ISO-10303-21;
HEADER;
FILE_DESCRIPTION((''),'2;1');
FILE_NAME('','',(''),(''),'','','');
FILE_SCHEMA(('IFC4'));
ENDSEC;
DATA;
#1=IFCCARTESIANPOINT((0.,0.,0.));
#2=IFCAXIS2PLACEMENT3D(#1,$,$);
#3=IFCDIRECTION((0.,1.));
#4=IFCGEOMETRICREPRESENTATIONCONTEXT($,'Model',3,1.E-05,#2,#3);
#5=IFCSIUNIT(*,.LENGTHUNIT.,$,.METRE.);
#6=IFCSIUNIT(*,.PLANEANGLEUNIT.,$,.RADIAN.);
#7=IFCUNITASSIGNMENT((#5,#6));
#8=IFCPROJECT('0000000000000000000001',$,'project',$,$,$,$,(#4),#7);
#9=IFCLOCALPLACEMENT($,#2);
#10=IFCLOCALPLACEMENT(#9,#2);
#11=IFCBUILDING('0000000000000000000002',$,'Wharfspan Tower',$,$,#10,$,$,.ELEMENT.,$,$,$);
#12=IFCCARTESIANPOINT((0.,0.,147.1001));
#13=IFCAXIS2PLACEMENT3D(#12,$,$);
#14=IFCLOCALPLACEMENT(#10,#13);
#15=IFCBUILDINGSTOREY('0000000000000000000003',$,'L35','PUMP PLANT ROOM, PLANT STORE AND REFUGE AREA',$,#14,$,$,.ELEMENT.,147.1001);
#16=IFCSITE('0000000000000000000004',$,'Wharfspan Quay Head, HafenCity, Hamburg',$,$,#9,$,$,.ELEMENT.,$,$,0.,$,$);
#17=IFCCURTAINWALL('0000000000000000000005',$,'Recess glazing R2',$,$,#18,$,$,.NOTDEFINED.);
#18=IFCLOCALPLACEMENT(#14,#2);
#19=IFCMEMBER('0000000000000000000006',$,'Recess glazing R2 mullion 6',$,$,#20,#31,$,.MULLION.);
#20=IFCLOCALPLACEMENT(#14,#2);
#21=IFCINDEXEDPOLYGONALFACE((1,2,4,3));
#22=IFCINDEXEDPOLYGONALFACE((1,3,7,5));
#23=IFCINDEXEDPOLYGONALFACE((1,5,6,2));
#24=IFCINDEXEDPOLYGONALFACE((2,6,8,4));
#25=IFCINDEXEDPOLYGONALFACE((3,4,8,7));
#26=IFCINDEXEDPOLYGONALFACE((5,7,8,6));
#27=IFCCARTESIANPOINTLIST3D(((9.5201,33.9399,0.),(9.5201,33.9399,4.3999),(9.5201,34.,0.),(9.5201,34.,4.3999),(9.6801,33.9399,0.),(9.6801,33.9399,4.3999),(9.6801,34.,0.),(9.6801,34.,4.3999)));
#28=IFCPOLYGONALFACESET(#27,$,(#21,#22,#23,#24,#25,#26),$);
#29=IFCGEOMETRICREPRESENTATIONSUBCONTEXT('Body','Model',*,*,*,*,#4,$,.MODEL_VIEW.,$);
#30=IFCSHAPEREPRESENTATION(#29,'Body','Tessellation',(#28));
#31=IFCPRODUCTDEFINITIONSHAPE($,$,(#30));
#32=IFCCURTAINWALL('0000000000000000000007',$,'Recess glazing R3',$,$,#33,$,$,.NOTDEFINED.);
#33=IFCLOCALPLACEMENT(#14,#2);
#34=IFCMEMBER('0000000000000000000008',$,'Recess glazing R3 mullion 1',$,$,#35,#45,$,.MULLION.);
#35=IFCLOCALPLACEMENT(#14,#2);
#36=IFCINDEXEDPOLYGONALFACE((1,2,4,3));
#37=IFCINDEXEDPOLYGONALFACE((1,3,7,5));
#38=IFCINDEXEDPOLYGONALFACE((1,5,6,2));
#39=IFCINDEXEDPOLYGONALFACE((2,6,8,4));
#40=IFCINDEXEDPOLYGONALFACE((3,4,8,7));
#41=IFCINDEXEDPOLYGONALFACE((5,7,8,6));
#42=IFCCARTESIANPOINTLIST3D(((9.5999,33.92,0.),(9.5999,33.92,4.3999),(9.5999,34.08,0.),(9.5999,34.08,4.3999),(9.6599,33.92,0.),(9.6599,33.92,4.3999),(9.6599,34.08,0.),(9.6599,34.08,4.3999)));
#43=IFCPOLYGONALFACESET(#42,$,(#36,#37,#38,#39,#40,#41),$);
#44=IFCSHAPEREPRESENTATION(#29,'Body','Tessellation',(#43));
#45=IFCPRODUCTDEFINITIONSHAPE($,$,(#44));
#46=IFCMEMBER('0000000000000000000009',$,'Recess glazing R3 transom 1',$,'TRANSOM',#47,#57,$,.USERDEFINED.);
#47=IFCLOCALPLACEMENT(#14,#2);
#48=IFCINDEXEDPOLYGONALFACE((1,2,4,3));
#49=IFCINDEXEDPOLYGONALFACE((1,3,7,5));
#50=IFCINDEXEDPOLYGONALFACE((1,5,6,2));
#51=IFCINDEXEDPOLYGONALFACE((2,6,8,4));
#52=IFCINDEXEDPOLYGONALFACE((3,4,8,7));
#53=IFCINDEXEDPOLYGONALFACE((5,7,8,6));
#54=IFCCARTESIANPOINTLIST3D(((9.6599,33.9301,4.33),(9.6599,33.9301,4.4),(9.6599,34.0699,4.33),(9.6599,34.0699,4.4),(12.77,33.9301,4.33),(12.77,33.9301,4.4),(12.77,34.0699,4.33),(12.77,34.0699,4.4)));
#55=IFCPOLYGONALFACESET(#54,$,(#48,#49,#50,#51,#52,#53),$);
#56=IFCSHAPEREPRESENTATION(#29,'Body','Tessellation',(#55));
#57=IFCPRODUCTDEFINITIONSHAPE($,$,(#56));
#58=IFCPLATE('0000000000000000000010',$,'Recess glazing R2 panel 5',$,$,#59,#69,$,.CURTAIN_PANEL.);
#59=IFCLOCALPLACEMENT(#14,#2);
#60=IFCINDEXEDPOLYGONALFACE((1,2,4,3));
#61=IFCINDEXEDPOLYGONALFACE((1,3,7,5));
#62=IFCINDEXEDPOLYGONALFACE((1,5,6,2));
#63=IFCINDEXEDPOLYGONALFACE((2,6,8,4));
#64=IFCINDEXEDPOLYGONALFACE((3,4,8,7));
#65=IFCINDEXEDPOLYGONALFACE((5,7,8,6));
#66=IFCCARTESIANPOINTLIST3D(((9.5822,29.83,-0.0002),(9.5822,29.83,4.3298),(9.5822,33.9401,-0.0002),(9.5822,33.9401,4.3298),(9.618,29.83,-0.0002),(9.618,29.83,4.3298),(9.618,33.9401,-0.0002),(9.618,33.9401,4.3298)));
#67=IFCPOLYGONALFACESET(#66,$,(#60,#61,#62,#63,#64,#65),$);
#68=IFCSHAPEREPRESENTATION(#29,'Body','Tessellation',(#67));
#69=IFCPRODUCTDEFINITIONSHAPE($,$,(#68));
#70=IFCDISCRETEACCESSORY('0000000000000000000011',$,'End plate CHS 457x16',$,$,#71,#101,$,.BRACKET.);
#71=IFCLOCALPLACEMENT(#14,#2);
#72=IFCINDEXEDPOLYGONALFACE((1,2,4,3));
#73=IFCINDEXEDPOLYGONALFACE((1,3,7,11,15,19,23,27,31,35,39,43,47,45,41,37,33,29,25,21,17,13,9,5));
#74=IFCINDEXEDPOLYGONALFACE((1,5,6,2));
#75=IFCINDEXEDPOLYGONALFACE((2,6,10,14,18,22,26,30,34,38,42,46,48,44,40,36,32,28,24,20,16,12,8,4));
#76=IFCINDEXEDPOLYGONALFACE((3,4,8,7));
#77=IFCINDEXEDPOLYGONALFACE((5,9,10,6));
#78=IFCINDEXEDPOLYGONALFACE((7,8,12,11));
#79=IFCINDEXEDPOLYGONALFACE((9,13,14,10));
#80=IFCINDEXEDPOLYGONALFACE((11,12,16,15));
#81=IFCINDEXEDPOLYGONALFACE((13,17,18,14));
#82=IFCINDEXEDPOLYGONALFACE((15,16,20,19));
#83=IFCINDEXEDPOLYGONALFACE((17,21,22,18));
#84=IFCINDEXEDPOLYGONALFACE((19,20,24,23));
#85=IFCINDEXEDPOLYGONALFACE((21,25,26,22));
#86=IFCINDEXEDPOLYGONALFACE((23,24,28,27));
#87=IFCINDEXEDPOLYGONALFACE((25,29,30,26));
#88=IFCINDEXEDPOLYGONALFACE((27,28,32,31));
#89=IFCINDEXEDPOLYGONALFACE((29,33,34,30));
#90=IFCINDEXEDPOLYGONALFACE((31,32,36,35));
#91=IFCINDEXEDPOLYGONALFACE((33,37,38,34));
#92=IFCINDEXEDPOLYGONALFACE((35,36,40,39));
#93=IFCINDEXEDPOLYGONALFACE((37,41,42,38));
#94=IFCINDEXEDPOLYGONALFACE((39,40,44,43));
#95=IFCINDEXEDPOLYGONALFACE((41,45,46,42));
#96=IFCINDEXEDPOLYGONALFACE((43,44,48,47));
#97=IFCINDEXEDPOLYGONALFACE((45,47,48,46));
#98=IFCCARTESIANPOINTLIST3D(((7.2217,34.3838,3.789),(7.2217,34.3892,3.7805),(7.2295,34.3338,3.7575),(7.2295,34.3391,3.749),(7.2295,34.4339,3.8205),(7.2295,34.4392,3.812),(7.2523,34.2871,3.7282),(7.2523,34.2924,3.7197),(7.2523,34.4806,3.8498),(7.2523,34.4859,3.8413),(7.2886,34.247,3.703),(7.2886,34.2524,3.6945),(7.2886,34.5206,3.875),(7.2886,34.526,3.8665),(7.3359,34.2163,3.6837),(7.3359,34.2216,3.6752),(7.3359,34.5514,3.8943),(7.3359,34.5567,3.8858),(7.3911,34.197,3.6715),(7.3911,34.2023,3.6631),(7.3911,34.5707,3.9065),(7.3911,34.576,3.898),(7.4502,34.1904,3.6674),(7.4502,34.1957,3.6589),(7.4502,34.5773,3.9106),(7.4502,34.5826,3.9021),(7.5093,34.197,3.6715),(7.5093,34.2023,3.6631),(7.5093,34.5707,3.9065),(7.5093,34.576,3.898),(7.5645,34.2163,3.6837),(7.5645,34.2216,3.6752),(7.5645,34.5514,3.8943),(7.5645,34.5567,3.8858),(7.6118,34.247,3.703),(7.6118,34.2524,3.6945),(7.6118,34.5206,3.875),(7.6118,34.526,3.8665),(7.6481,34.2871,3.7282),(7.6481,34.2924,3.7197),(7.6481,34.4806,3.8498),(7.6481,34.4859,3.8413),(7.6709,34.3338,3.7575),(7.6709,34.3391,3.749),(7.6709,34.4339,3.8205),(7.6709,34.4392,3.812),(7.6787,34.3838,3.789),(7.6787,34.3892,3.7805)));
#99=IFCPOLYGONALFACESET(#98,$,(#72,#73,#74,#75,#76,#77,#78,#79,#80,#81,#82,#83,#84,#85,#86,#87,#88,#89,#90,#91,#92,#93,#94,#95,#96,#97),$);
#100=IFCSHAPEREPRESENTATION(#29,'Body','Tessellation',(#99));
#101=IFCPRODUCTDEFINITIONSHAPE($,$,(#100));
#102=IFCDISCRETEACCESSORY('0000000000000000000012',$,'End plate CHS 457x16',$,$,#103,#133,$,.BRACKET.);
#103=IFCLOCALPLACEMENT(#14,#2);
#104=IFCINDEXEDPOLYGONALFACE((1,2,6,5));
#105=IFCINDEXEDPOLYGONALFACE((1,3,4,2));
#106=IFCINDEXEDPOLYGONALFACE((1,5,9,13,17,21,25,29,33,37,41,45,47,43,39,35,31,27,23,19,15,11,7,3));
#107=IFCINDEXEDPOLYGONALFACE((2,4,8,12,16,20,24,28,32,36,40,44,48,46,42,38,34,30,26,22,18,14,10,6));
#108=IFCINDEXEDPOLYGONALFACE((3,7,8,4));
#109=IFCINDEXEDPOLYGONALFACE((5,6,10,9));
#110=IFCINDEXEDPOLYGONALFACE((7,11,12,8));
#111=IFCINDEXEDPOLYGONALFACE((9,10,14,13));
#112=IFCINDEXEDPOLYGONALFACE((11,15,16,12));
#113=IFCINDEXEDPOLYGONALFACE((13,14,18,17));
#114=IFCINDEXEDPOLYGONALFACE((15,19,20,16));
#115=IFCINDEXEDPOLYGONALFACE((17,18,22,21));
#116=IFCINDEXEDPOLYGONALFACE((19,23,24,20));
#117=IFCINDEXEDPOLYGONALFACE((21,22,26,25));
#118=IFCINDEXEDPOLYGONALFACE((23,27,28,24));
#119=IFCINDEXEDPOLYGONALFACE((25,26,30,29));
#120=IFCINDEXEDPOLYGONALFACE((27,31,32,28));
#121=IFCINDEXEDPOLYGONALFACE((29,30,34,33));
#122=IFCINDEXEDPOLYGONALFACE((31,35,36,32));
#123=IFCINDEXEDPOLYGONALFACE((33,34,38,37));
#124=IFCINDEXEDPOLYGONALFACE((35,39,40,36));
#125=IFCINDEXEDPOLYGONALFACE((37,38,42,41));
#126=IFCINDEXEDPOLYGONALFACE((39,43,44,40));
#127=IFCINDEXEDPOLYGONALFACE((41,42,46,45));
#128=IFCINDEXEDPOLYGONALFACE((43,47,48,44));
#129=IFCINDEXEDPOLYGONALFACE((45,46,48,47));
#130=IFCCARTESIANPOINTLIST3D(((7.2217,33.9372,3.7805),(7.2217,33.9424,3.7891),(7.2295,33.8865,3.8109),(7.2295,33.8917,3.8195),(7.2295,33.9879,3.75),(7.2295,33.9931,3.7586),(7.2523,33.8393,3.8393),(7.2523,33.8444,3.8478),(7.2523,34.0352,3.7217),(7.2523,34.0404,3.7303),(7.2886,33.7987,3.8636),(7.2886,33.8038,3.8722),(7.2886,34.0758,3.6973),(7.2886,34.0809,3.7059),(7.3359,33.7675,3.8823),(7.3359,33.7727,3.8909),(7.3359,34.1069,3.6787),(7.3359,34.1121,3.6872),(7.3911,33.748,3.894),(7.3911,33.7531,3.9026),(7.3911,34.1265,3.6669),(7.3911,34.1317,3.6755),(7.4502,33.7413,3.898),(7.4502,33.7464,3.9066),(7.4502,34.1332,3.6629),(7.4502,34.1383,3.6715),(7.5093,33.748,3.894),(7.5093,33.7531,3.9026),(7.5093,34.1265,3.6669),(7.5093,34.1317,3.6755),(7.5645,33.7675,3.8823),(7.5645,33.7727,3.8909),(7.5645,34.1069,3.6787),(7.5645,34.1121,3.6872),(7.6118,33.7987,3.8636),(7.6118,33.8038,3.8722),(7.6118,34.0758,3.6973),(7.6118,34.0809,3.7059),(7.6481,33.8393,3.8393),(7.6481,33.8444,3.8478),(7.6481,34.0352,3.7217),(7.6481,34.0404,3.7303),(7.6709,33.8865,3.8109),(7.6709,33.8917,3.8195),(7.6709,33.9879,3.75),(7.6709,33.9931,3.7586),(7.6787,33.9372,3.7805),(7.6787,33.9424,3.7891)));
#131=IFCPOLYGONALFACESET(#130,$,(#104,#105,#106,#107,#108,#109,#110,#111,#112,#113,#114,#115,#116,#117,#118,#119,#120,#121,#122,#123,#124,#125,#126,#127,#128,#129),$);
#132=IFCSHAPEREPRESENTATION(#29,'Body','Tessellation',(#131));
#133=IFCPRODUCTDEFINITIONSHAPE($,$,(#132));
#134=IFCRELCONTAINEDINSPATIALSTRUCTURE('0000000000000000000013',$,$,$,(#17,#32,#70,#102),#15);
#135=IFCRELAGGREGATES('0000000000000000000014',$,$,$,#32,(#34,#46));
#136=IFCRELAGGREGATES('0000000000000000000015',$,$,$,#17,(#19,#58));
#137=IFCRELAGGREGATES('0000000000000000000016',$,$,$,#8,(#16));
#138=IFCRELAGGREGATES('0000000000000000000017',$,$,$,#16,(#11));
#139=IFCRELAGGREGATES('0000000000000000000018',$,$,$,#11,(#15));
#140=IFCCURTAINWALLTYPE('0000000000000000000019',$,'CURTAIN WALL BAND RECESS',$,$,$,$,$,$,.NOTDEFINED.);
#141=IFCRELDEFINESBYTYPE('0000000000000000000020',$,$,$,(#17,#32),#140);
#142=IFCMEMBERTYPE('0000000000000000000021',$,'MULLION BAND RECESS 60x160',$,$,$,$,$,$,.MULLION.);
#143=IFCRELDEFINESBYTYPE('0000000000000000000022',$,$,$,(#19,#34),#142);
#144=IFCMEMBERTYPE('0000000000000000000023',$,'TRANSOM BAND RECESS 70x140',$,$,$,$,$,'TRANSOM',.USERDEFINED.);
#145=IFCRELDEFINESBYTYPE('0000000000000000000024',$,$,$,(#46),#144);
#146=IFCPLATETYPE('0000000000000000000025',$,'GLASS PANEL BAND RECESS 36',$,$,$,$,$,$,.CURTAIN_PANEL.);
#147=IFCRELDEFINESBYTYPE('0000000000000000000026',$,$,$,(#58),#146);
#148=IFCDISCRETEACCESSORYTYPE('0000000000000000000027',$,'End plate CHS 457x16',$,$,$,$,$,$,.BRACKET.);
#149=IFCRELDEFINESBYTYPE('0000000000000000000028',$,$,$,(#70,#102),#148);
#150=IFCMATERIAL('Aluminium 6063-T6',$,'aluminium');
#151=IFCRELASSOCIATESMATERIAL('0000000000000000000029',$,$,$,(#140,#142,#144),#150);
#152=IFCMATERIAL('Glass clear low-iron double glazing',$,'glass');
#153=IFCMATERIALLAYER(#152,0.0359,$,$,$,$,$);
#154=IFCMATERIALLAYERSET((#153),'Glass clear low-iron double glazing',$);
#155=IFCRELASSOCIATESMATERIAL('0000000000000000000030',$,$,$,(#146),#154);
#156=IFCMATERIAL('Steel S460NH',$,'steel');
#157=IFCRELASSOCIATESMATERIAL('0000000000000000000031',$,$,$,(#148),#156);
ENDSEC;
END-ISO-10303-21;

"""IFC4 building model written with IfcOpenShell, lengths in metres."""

from ifc_helpers import new_model, si_unit, direction, frame, origin, origin_2d, place, context, subcontext, project, spatial, rectangle, circle, extrude, material, layer, layer_set, material_profile, profile_set, type_object, element, aggregate, save


model = new_model("IFC4")

# Units and contexts
model_context = context("Model", 3, precision=1e-05, world=origin(), true_north=direction((0.0, 1.0)))
body_context = subcontext(model_context, "Body", "Model", "MODEL_VIEW")
ifc_project = project(units=[si_unit("LENGTHUNIT", "METRE"), si_unit("PLANEANGLEUNIT", "RADIAN")], contexts=[model_context])

# Site, building, storey
site_placement = place(None, origin())
site = spatial("IfcSite", under=ifc_project, at=site_placement, Name="Wharfspan Quay Head, HafenCity, Hamburg", CompositionType="ELEMENT", RefElevation=0.0)
building_placement = place(site_placement, origin())
building = spatial("IfcBuilding", under=site, at=building_placement, Name="Wharfspan Tower", CompositionType="ELEMENT")
storey_placement = place(building_placement, frame((0.0, 0.0, 147.1001)))
storey = spatial("IfcBuildingStorey", under=building, at=storey_placement, Name="L35", Description="PUMP PLANT ROOM, PLANT STORE AND REFUGE AREA", CompositionType="ELEMENT", Elevation=147.1001)

# Curtain wall, member
ifc_material_1 = material(Name="Aluminium 6063-T6", Category="aluminium")
curtain_wall_type = type_object("IfcCurtainWallType", Name="CURTAIN WALL BAND RECESS", PredefinedType="NOTDEFINED", material=ifc_material_1)
curtain_wall_1_placement = place(storey_placement, origin())
curtain_wall_1 = element("IfcCurtainWall", 1, at=curtain_wall_1_placement, inside=storey, type_object=curtain_wall_type, Name="Recess glazing R2", PredefinedType="NOTDEFINED")
ifc_material_profile_1 = material_profile(ifc_material_1, rectangle(XDim=0.1599, YDim=0.0601, at=origin_2d()))
ifc_profile_set_1 = profile_set([ifc_material_profile_1], Name="Aluminium 6063-T6")
member_type_1 = type_object("IfcMemberType", Name="MULLION BAND RECESS 60x160", PredefinedType="MULLION", material=ifc_profile_set_1)
member_1_placement = place(storey_placement, frame((9.6001, 33.97, 0.0), z_axis=(0.0, 0.0, 1.0), x_axis=(-1.0, 0.0, 0.0)))
member_1 = element("IfcMember", 2, at=member_1_placement, type_object=member_type_1, Name="Recess glazing R2 mullion 6", PredefinedType="MULLION", context=body_context, shape_type="SweptSolid", body=[
    extrude(rectangle(XDim=0.1599, YDim=0.0601, at=origin_2d()), origin(), (0.0, 0.0, 1.0), 4.3999),
])

# Curtain wall, members
curtain_wall_2_placement = place(storey_placement, origin())
curtain_wall_2 = element("IfcCurtainWall", 3, at=curtain_wall_2_placement, inside=storey, type_object=curtain_wall_type, Name="Recess glazing R3", PredefinedType="NOTDEFINED")
member_2_placement = place(storey_placement, frame((9.6299, 34.0, 0.0), z_axis=(0.0, 0.0, 1.0), x_axis=(0.0, 1.0, 0.0)))
member_2 = element("IfcMember", 4, at=member_2_placement, type_object=member_type_1, Name="Recess glazing R3 mullion 1", PredefinedType="MULLION", context=body_context, shape_type="SweptSolid", body=[
    extrude(rectangle(XDim=0.1599, YDim=0.0601, at=origin_2d()), origin(), (0.0, 0.0, 1.0), 4.3999),
])
ifc_material_profile_2 = material_profile(ifc_material_1, rectangle(XDim=0.1399, YDim=0.0701, at=origin_2d()))
ifc_profile_set_2 = profile_set([ifc_material_profile_2], Name="Aluminium 6063-T6")
member_type_2 = type_object("IfcMemberType", Name="TRANSOM BAND RECESS 70x140", ElementType="TRANSOM", PredefinedType="USERDEFINED", material=ifc_profile_set_2)
member_3_placement = place(storey_placement, frame((9.6599, 34.0, 4.365), z_axis=(1.0, 0.0, 0.0), x_axis=(0.0, 1.0, 0.0)))
member_3 = element("IfcMember", 5, at=member_3_placement, type_object=member_type_2, Name="Recess glazing R3 transom 1", ObjectType="TRANSOM", PredefinedType="USERDEFINED", context=body_context, shape_type="SweptSolid", body=[
    extrude(rectangle(XDim=0.1399, YDim=0.0701, at=origin_2d()), origin(), (0.0, 0.0, 1.0), 3.1101),
])
aggregate(curtain_wall_2, [member_2, member_3])

# Plate
ifc_material_2 = material(Name="Glass clear low-iron double glazing", Category="glass")
ifc_layer = layer(ifc_material_2, 0.0359)
ifc_layer_set = layer_set([ifc_layer], Name="Glass clear low-iron double glazing")
plate_type = type_object("IfcPlateType", Name="GLASS PANEL BAND RECESS 36", PredefinedType="CURTAIN_PANEL", material=ifc_layer_set)
plate_placement = place(storey_placement, frame((9.6001, 31.885, -0.0002), z_axis=(0.0, 0.0, 1.0), x_axis=(0.0, 1.0, 0.0)))
plate = element("IfcPlate", 6, at=plate_placement, type_object=plate_type, Name="Recess glazing R2 panel 5", PredefinedType="CURTAIN_PANEL", context=body_context, shape_type="SweptSolid", body=[
    extrude(rectangle(XDim=4.1101, YDim=0.0359, at=origin_2d()), origin(), (0.0, 0.0, 1.0), 4.3301),
])
aggregate(curtain_wall_1, [member_1, plate])

# Discrete accessories
ifc_material_3 = material(Name="Steel S460NH", Category="steel")
ifc_material_profile_3 = material_profile(ifc_material_3, circle(Radius=0.2285, at=origin_2d()))
ifc_profile_set_3 = profile_set([ifc_material_profile_3], Name="Steel S460NH")
discrete_accessory_type = type_object("IfcDiscreteAccessoryType", Name="End plate CHS 457x16", PredefinedType="BRACKET", material=ifc_profile_set_3)
for number, where, z_axis, x_axis, name in (
    (7, (7.4502, 34.3892, 3.7805), (0.0, -0.532172, 0.846637), (1.0, 0.0, 0.0), "End plate CHS 457x16"),
    (8, (7.4502, 33.9424, 3.7891), (0.0, -0.514496, -0.857493), (1.0, 0.0, 0.0), "End plate CHS 457x16"),
):
    element("IfcDiscreteAccessory", number, at=place(storey_placement, frame(where, z_axis=z_axis, x_axis=x_axis)), inside=storey, type_object=discrete_accessory_type, Name=name, PredefinedType="BRACKET", context=body_context, shape_type="SweptSolid", body=[
        extrude(circle(Radius=0.2285, at=origin_2d()), origin(), (0.0, 0.0, 1.0), 0.01),
    ])

save(model, "model.ifc")
